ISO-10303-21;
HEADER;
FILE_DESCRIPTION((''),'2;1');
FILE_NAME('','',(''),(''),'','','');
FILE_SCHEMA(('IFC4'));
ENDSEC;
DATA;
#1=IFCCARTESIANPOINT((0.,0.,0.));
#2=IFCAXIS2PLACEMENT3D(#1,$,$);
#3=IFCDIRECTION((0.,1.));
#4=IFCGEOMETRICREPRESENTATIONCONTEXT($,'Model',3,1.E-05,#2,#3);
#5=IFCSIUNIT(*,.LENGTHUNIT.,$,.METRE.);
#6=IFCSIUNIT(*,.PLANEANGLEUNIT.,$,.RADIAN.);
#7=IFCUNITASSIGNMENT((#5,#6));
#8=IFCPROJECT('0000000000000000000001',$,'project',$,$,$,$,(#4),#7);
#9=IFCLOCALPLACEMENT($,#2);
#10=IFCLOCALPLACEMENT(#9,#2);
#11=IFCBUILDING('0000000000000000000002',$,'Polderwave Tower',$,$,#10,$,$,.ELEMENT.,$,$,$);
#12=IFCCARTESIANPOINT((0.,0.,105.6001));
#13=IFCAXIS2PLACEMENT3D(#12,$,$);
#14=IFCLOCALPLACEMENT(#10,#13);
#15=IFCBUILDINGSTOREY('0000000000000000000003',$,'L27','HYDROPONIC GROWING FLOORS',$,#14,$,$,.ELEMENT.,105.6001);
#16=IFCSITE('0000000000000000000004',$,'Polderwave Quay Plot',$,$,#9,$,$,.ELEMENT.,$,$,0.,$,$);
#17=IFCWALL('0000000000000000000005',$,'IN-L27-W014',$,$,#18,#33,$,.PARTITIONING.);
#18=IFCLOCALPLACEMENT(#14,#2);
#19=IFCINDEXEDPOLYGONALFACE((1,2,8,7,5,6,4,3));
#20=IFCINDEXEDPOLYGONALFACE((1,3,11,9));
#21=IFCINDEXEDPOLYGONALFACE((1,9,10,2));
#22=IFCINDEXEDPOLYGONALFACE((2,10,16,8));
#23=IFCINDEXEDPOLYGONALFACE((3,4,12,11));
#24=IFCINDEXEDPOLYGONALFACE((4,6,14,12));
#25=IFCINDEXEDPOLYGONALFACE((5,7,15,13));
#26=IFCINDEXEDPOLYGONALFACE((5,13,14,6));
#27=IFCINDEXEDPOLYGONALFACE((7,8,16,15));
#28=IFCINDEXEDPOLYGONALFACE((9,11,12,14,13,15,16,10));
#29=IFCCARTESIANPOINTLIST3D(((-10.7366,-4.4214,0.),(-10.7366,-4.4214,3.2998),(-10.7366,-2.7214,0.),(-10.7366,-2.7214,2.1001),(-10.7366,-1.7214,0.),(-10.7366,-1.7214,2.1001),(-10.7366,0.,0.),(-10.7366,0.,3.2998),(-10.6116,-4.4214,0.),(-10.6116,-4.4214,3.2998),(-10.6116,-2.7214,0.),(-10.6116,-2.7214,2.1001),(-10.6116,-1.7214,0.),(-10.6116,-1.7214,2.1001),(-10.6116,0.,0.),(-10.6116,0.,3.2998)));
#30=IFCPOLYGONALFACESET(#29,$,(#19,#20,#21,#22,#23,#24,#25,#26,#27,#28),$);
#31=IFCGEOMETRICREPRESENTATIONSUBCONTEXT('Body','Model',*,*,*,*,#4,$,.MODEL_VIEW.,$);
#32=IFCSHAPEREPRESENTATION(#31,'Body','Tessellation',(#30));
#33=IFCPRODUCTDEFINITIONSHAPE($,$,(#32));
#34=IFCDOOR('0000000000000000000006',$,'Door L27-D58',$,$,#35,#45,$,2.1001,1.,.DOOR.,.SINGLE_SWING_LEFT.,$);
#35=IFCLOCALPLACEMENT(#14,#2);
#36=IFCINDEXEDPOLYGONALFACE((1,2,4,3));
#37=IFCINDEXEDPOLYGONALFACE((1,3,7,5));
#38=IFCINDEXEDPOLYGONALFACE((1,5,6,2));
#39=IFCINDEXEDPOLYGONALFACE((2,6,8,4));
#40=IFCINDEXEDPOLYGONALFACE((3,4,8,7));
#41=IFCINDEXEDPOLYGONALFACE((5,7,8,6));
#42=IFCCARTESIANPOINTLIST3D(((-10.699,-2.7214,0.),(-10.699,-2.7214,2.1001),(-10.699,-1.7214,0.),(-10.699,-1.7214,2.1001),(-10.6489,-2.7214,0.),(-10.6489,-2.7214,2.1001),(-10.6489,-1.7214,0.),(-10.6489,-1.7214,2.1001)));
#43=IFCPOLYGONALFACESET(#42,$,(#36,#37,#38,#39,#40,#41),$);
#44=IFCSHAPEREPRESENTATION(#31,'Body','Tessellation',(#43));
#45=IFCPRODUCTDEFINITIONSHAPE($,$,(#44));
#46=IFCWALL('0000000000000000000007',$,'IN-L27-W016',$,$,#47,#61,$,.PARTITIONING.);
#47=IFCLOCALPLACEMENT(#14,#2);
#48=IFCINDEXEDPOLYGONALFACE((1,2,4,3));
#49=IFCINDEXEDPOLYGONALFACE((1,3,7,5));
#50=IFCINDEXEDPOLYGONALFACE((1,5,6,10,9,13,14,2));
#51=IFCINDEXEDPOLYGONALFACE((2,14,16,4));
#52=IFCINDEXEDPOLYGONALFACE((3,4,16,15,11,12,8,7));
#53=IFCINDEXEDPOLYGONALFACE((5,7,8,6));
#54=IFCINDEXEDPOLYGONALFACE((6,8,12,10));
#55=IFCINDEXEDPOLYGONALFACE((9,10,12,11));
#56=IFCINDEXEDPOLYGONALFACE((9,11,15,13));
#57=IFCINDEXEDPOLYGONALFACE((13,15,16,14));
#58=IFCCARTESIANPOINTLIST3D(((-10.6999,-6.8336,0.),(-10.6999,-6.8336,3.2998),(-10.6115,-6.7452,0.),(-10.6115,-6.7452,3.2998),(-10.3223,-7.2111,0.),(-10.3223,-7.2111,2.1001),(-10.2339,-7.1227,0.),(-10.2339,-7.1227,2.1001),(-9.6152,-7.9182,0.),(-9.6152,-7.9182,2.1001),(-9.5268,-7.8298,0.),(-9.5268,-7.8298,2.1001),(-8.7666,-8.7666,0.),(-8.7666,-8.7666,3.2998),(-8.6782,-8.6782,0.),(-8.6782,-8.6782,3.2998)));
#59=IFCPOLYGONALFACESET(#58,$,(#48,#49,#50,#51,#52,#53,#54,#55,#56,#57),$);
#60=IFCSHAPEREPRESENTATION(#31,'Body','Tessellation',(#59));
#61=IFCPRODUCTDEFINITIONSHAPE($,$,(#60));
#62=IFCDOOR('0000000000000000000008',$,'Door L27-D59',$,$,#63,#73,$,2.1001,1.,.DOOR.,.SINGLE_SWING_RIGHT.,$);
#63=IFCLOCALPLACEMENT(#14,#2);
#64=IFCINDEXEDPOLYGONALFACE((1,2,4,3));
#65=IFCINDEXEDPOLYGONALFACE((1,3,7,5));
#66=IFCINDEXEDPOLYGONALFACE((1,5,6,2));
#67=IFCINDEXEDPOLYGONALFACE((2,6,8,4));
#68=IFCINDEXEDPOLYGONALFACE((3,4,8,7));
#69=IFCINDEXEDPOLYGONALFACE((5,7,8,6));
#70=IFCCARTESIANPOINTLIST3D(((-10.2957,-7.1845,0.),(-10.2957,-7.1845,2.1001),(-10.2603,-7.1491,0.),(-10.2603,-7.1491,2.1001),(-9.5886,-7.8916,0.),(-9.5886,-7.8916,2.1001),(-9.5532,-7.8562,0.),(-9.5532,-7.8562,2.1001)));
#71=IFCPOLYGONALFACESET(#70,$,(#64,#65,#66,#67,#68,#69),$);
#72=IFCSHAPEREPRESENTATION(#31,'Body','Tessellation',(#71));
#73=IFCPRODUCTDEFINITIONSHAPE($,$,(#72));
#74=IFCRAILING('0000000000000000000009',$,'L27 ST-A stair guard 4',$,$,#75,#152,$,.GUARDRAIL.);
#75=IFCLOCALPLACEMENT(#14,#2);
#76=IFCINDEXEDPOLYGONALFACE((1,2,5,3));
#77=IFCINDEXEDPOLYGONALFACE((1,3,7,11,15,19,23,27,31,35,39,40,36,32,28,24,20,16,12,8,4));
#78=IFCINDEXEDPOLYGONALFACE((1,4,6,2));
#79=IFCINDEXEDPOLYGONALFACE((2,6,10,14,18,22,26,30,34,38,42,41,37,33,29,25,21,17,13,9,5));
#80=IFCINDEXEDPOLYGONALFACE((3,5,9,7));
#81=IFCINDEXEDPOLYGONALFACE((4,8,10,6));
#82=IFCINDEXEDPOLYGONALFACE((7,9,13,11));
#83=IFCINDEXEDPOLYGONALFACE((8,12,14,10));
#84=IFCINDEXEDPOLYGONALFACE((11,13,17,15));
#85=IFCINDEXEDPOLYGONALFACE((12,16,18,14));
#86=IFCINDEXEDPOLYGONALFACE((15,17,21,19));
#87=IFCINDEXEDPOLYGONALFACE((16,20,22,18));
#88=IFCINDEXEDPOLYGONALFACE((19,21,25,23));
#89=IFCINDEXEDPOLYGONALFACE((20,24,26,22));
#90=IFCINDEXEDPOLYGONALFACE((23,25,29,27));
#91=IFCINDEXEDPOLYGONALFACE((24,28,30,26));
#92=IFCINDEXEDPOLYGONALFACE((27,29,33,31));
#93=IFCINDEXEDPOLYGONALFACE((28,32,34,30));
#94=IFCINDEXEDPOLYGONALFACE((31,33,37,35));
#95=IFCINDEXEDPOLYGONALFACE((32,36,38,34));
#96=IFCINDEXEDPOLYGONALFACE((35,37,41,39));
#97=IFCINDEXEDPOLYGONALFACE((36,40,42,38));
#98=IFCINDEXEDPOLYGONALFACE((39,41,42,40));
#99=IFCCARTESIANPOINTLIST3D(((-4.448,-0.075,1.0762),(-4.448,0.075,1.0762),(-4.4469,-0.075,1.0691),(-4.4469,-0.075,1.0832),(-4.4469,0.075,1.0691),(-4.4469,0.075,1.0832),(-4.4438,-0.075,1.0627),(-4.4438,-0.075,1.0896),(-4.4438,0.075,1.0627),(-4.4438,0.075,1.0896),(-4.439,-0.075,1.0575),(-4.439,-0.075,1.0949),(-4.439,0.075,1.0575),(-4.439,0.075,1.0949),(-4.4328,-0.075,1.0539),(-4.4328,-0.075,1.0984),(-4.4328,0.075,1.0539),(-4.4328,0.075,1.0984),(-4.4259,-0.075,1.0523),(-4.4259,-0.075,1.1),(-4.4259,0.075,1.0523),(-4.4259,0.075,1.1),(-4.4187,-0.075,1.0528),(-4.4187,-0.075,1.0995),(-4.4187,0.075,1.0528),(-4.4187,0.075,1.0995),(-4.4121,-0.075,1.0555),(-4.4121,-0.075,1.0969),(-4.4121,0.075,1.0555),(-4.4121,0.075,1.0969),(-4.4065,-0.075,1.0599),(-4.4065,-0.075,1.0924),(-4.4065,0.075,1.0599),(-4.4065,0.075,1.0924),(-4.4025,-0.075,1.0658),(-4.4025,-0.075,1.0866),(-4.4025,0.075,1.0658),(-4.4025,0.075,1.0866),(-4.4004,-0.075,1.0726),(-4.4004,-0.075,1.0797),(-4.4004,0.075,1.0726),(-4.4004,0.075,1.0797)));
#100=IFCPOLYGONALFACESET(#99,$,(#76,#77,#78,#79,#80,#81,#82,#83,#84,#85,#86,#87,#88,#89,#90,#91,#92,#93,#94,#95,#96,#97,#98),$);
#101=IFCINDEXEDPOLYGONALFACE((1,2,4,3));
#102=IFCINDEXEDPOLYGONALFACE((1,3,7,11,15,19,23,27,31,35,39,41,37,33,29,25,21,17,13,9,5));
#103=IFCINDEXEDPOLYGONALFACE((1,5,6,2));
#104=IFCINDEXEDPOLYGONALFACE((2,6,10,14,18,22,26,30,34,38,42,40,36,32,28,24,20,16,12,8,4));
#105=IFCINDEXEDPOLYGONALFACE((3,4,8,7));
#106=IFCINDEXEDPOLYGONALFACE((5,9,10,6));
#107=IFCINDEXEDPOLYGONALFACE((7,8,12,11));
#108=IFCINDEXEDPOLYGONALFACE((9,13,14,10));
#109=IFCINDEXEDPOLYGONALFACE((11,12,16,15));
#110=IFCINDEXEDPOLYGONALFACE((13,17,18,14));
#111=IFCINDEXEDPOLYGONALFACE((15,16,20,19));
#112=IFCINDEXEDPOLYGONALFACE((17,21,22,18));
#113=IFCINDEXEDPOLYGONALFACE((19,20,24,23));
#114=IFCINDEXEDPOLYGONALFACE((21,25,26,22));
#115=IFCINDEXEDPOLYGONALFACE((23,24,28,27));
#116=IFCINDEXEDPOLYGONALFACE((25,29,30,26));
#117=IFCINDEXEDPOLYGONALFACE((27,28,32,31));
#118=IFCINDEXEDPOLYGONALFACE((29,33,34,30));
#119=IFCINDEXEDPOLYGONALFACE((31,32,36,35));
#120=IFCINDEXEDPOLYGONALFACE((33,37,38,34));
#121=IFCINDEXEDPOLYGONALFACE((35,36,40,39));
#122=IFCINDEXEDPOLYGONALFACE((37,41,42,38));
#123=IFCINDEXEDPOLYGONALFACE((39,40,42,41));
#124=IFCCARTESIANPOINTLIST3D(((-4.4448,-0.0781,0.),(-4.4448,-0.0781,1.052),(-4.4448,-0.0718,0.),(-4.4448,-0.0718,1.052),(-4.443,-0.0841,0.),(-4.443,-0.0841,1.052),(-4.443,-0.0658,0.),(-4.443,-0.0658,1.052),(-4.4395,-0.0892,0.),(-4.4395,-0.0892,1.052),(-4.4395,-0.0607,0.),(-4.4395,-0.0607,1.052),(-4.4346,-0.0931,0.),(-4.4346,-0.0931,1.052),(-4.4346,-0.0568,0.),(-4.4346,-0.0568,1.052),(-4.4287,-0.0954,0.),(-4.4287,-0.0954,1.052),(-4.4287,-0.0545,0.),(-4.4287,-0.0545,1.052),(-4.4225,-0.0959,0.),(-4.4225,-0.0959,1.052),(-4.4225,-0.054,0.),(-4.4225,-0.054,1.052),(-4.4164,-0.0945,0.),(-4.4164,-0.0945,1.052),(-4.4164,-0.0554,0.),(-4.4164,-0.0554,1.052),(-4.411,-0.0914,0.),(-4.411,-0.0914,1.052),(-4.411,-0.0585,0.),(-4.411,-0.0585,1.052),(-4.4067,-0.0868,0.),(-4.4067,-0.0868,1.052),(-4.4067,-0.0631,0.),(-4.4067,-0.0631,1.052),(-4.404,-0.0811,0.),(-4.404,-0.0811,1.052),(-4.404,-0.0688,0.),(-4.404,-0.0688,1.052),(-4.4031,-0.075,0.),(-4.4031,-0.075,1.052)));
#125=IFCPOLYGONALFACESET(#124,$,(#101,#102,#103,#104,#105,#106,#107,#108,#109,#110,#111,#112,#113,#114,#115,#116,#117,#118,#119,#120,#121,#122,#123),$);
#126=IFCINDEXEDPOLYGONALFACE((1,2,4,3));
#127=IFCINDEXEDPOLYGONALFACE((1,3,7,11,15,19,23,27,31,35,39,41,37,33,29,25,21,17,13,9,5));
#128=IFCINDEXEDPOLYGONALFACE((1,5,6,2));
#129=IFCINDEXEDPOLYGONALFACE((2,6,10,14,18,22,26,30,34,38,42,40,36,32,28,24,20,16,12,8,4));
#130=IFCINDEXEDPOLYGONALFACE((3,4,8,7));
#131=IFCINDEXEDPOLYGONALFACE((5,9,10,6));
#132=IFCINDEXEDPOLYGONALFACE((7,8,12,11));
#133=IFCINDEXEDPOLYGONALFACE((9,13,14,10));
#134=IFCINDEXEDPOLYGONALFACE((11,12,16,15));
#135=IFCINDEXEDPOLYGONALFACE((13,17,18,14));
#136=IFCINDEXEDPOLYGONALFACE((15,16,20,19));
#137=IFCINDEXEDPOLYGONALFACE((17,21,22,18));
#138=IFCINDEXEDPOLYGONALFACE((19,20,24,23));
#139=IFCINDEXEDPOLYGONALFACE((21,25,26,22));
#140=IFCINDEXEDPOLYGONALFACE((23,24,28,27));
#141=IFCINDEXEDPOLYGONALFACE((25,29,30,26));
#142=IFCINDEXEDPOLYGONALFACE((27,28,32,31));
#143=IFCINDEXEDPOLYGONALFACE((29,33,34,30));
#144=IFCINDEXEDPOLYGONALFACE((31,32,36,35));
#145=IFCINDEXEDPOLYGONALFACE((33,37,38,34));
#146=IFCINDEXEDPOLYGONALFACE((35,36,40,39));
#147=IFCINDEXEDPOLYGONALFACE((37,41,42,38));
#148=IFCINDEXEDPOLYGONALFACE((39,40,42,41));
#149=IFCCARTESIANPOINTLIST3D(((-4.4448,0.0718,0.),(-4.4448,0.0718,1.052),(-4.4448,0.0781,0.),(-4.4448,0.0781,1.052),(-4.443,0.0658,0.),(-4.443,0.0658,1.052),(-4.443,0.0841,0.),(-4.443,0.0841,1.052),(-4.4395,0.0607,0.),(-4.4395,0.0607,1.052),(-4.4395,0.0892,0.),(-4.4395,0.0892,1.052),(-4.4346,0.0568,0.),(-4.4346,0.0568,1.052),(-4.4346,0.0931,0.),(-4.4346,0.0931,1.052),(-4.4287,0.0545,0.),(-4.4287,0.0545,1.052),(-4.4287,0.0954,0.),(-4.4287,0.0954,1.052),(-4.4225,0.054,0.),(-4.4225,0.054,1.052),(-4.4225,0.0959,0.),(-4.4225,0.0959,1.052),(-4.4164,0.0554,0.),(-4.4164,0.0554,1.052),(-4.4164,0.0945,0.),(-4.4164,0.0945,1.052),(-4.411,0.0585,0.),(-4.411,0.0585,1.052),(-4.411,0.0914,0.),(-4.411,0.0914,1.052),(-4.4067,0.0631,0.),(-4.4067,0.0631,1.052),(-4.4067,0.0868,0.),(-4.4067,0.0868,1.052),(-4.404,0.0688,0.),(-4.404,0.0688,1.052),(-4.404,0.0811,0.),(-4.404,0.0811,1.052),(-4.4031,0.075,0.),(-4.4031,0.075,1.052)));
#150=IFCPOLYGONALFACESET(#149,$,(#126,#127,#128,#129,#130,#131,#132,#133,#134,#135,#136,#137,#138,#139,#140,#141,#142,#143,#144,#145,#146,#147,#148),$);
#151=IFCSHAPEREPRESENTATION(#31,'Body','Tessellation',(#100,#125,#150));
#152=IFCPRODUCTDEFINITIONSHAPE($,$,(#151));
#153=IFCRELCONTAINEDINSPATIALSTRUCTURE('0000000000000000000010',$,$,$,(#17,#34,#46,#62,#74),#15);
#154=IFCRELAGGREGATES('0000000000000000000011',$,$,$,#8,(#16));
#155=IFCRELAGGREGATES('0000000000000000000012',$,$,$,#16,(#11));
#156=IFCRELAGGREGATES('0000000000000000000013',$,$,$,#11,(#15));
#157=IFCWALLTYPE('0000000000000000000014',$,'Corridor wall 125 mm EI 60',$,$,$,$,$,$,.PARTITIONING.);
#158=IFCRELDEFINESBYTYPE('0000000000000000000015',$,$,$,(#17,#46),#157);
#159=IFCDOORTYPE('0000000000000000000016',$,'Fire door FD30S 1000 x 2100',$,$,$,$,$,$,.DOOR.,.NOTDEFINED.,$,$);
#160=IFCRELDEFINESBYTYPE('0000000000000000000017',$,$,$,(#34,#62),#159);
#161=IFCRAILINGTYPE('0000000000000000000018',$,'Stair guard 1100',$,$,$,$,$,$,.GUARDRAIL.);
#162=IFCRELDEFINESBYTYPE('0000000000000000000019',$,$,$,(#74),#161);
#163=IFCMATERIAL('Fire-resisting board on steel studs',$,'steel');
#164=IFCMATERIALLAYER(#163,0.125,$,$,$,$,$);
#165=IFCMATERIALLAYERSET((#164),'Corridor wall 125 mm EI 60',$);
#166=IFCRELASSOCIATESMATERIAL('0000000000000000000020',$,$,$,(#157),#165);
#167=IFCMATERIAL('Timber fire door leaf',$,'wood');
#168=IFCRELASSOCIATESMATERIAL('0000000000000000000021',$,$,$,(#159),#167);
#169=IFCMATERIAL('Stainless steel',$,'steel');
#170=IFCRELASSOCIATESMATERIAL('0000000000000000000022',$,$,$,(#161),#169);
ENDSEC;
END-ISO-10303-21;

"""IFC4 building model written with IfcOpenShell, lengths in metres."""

from ifc_helpers import new_model, si_unit, direction, frame, frame_2d, origin, origin_2d, place, context, subcontext, project, spatial, rectangle, circle, extrude, material, layer, layer_set, type_object, element, fill, save


model = new_model("IFC4")

# Units and contexts
model_context = context("Model", 3, precision=1e-05, world=origin(), true_north=direction((0.0, 1.0)))
body_context = subcontext(model_context, "Body", "Model", "MODEL_VIEW")
ifc_project = project(units=[si_unit("LENGTHUNIT", "METRE"), si_unit("PLANEANGLEUNIT", "RADIAN")], contexts=[model_context])

# Site, building, storey
site_placement = place(None, origin())
site = spatial("IfcSite", under=ifc_project, at=site_placement, Name="Polderwave Quay Plot", CompositionType="ELEMENT", RefElevation=0.0)
building_placement = place(site_placement, origin())
building = spatial("IfcBuilding", under=site, at=building_placement, Name="Polderwave Tower", CompositionType="ELEMENT")
storey_placement = place(building_placement, frame((0.0, 0.0, 105.6001)))
storey = spatial("IfcBuildingStorey", under=building, at=storey_placement, Name="L27", Description="HYDROPONIC GROWING FLOORS", CompositionType="ELEMENT", Elevation=105.6001)

# Shared definitions
ifc_material_1 = material(Name="Stainless steel", Category="steel")

# Walls, openings, doors
ifc_material_2 = material(Name="Fire-resisting board on steel studs", Category="steel")
ifc_layer_1 = layer(ifc_material_2, 0.125)
ifc_layer_set_1 = layer_set([ifc_layer_1], Name="Corridor wall 125 mm EI 60")
wall_type_1 = type_object("IfcWallType", Name="Corridor wall 125 mm EI 60", PredefinedType="PARTITIONING", material=ifc_layer_set_1)
wall_1_placement = place(storey_placement, frame((-10.6741, -4.4214, 0.0), z_axis=(0.0, 0.0, 1.0), x_axis=(0.0, 1.0, 0.0)))
wall_1 = element("IfcWall", 1, at=wall_1_placement, inside=storey, type_object=wall_type_1, Name="IN-L27-W014", PredefinedType="PARTITIONING", context=body_context, shape_type="SweptSolid", body=[
    extrude(rectangle(XDim=4.4214, YDim=0.125, at=frame_2d((2.2107, 0.0))), origin(), (0.0, 0.0, 1.0), 3.2998),
])
opening_1_placement = place(wall_1_placement, frame((1.7, 0.0, 0.0)))
opening_1 = element("IfcOpeningElement", 2, at=opening_1_placement, cuts=wall_1, PredefinedType="OPENING", context=body_context, shape_type="SweptSolid", body=[
    extrude(rectangle(XDim=1.0, YDim=2.1001, at=frame_2d((0.5, 1.05))), frame((0.0, 0.0725, 0.0), z_axis=(0.0, -1.0, 0.0), x_axis=(1.0, 0.0, 0.0)), (0.0, 0.0, 1.0), 0.145),
])
ifc_material_3 = material(Name="Timber fire door leaf", Category="wood")
door_type_1 = type_object("IfcDoorType", Name="Fire door FD30S 1000 x 2100", OperationType="NOTDEFINED", PredefinedType="DOOR", material=ifc_material_3)
door_1_placement = place(opening_1_placement, origin())
door_1 = element("IfcDoor", 3, at=door_1_placement, inside=storey, type_object=door_type_1, Name="Door L27-D58", OperationType="SINGLE_SWING_LEFT", OverallHeight=2.1001, OverallWidth=1.0, PredefinedType="DOOR", context=body_context, shape_type="SweptSolid", body=[
    extrude(rectangle(XDim=1.0, YDim=2.1001, at=frame_2d((0.5, 1.05))), frame((0.0, 0.0249, 0.0), z_axis=(0.0, -1.0, 0.0), x_axis=(1.0, 0.0, 0.0)), (0.0, 0.0, 1.0), 0.05),
])
fill(opening_1, door_1)
wall_2_placement = place(storey_placement, frame((-8.7224, -8.7224, 0.0), z_axis=(0.0, 0.0, 1.0), x_axis=(-0.707151, 0.707062, 0.0)))
wall_2 = element("IfcWall", 4, at=wall_2_placement, inside=storey, type_object=wall_type_1, Name="IN-L27-W016", PredefinedType="PARTITIONING", context=body_context, shape_type="SweptSolid", body=[
    extrude(rectangle(XDim=2.7339, YDim=0.125, at=frame_2d((1.3669, 0.0))), origin(), (0.0, 0.0, 1.0), 3.2998),
])
opening_2_placement = place(wall_2_placement, frame((1.2, 0.0, 0.0)))
opening_2 = element("IfcOpeningElement", 5, at=opening_2_placement, cuts=wall_2, PredefinedType="OPENING", context=body_context, shape_type="SweptSolid", body=[
    extrude(rectangle(XDim=1.0, YDim=2.1001, at=frame_2d((0.5, 1.05))), frame((0.0, 0.0725, 0.0), z_axis=(0.0, -1.0, 0.0), x_axis=(1.0, 0.0, 0.0)), (0.0, 0.0, 1.0), 0.145),
])
door_2_placement = place(opening_2_placement, origin())
door_2 = element("IfcDoor", 6, at=door_2_placement, inside=storey, type_object=door_type_1, Name="Door L27-D59", OperationType="SINGLE_SWING_RIGHT", OverallHeight=2.1001, OverallWidth=1.0, PredefinedType="DOOR", context=body_context, shape_type="SweptSolid", body=[
    extrude(rectangle(XDim=1.0, YDim=2.1001, at=frame_2d((0.5, 1.05))), frame((0.0, 0.0249, 0.0), z_axis=(0.0, -1.0, 0.0), x_axis=(1.0, 0.0, 0.0)), (0.0, 0.0, 1.0), 0.05),
])
fill(opening_2, door_2)

# Railing
railing_type = type_object("IfcRailingType", Name="Stair guard 1100", PredefinedType="GUARDRAIL", material=ifc_material_1)
railing_placement = place(storey_placement, frame((-4.4241, -0.075, 0.0)))
element("IfcRailing", 7, at=railing_placement, inside=storey, type_object=railing_type, Name="L27 ST-A stair guard 4", PredefinedType="GUARDRAIL", context=body_context, shape_type="SweptSolid", body=[
    extrude(circle(Radius=0.0239, at=origin_2d()), frame((0.0, 0.0, 1.0762), z_axis=(0.0, 1.0, 0.0), x_axis=(-1.0, 0.0, 0.0)), (0.0, 0.0, 1.0), 0.1499),
    extrude(circle(Radius=0.021, at=origin_2d()), origin(), (0.0, 0.0, 1.0), 1.052),
    extrude(circle(Radius=0.021, at=origin_2d()), frame((0.0, 0.1499, 0.0)), (0.0, 0.0, 1.0), 1.052),
])

save(model, "model.ifc")
